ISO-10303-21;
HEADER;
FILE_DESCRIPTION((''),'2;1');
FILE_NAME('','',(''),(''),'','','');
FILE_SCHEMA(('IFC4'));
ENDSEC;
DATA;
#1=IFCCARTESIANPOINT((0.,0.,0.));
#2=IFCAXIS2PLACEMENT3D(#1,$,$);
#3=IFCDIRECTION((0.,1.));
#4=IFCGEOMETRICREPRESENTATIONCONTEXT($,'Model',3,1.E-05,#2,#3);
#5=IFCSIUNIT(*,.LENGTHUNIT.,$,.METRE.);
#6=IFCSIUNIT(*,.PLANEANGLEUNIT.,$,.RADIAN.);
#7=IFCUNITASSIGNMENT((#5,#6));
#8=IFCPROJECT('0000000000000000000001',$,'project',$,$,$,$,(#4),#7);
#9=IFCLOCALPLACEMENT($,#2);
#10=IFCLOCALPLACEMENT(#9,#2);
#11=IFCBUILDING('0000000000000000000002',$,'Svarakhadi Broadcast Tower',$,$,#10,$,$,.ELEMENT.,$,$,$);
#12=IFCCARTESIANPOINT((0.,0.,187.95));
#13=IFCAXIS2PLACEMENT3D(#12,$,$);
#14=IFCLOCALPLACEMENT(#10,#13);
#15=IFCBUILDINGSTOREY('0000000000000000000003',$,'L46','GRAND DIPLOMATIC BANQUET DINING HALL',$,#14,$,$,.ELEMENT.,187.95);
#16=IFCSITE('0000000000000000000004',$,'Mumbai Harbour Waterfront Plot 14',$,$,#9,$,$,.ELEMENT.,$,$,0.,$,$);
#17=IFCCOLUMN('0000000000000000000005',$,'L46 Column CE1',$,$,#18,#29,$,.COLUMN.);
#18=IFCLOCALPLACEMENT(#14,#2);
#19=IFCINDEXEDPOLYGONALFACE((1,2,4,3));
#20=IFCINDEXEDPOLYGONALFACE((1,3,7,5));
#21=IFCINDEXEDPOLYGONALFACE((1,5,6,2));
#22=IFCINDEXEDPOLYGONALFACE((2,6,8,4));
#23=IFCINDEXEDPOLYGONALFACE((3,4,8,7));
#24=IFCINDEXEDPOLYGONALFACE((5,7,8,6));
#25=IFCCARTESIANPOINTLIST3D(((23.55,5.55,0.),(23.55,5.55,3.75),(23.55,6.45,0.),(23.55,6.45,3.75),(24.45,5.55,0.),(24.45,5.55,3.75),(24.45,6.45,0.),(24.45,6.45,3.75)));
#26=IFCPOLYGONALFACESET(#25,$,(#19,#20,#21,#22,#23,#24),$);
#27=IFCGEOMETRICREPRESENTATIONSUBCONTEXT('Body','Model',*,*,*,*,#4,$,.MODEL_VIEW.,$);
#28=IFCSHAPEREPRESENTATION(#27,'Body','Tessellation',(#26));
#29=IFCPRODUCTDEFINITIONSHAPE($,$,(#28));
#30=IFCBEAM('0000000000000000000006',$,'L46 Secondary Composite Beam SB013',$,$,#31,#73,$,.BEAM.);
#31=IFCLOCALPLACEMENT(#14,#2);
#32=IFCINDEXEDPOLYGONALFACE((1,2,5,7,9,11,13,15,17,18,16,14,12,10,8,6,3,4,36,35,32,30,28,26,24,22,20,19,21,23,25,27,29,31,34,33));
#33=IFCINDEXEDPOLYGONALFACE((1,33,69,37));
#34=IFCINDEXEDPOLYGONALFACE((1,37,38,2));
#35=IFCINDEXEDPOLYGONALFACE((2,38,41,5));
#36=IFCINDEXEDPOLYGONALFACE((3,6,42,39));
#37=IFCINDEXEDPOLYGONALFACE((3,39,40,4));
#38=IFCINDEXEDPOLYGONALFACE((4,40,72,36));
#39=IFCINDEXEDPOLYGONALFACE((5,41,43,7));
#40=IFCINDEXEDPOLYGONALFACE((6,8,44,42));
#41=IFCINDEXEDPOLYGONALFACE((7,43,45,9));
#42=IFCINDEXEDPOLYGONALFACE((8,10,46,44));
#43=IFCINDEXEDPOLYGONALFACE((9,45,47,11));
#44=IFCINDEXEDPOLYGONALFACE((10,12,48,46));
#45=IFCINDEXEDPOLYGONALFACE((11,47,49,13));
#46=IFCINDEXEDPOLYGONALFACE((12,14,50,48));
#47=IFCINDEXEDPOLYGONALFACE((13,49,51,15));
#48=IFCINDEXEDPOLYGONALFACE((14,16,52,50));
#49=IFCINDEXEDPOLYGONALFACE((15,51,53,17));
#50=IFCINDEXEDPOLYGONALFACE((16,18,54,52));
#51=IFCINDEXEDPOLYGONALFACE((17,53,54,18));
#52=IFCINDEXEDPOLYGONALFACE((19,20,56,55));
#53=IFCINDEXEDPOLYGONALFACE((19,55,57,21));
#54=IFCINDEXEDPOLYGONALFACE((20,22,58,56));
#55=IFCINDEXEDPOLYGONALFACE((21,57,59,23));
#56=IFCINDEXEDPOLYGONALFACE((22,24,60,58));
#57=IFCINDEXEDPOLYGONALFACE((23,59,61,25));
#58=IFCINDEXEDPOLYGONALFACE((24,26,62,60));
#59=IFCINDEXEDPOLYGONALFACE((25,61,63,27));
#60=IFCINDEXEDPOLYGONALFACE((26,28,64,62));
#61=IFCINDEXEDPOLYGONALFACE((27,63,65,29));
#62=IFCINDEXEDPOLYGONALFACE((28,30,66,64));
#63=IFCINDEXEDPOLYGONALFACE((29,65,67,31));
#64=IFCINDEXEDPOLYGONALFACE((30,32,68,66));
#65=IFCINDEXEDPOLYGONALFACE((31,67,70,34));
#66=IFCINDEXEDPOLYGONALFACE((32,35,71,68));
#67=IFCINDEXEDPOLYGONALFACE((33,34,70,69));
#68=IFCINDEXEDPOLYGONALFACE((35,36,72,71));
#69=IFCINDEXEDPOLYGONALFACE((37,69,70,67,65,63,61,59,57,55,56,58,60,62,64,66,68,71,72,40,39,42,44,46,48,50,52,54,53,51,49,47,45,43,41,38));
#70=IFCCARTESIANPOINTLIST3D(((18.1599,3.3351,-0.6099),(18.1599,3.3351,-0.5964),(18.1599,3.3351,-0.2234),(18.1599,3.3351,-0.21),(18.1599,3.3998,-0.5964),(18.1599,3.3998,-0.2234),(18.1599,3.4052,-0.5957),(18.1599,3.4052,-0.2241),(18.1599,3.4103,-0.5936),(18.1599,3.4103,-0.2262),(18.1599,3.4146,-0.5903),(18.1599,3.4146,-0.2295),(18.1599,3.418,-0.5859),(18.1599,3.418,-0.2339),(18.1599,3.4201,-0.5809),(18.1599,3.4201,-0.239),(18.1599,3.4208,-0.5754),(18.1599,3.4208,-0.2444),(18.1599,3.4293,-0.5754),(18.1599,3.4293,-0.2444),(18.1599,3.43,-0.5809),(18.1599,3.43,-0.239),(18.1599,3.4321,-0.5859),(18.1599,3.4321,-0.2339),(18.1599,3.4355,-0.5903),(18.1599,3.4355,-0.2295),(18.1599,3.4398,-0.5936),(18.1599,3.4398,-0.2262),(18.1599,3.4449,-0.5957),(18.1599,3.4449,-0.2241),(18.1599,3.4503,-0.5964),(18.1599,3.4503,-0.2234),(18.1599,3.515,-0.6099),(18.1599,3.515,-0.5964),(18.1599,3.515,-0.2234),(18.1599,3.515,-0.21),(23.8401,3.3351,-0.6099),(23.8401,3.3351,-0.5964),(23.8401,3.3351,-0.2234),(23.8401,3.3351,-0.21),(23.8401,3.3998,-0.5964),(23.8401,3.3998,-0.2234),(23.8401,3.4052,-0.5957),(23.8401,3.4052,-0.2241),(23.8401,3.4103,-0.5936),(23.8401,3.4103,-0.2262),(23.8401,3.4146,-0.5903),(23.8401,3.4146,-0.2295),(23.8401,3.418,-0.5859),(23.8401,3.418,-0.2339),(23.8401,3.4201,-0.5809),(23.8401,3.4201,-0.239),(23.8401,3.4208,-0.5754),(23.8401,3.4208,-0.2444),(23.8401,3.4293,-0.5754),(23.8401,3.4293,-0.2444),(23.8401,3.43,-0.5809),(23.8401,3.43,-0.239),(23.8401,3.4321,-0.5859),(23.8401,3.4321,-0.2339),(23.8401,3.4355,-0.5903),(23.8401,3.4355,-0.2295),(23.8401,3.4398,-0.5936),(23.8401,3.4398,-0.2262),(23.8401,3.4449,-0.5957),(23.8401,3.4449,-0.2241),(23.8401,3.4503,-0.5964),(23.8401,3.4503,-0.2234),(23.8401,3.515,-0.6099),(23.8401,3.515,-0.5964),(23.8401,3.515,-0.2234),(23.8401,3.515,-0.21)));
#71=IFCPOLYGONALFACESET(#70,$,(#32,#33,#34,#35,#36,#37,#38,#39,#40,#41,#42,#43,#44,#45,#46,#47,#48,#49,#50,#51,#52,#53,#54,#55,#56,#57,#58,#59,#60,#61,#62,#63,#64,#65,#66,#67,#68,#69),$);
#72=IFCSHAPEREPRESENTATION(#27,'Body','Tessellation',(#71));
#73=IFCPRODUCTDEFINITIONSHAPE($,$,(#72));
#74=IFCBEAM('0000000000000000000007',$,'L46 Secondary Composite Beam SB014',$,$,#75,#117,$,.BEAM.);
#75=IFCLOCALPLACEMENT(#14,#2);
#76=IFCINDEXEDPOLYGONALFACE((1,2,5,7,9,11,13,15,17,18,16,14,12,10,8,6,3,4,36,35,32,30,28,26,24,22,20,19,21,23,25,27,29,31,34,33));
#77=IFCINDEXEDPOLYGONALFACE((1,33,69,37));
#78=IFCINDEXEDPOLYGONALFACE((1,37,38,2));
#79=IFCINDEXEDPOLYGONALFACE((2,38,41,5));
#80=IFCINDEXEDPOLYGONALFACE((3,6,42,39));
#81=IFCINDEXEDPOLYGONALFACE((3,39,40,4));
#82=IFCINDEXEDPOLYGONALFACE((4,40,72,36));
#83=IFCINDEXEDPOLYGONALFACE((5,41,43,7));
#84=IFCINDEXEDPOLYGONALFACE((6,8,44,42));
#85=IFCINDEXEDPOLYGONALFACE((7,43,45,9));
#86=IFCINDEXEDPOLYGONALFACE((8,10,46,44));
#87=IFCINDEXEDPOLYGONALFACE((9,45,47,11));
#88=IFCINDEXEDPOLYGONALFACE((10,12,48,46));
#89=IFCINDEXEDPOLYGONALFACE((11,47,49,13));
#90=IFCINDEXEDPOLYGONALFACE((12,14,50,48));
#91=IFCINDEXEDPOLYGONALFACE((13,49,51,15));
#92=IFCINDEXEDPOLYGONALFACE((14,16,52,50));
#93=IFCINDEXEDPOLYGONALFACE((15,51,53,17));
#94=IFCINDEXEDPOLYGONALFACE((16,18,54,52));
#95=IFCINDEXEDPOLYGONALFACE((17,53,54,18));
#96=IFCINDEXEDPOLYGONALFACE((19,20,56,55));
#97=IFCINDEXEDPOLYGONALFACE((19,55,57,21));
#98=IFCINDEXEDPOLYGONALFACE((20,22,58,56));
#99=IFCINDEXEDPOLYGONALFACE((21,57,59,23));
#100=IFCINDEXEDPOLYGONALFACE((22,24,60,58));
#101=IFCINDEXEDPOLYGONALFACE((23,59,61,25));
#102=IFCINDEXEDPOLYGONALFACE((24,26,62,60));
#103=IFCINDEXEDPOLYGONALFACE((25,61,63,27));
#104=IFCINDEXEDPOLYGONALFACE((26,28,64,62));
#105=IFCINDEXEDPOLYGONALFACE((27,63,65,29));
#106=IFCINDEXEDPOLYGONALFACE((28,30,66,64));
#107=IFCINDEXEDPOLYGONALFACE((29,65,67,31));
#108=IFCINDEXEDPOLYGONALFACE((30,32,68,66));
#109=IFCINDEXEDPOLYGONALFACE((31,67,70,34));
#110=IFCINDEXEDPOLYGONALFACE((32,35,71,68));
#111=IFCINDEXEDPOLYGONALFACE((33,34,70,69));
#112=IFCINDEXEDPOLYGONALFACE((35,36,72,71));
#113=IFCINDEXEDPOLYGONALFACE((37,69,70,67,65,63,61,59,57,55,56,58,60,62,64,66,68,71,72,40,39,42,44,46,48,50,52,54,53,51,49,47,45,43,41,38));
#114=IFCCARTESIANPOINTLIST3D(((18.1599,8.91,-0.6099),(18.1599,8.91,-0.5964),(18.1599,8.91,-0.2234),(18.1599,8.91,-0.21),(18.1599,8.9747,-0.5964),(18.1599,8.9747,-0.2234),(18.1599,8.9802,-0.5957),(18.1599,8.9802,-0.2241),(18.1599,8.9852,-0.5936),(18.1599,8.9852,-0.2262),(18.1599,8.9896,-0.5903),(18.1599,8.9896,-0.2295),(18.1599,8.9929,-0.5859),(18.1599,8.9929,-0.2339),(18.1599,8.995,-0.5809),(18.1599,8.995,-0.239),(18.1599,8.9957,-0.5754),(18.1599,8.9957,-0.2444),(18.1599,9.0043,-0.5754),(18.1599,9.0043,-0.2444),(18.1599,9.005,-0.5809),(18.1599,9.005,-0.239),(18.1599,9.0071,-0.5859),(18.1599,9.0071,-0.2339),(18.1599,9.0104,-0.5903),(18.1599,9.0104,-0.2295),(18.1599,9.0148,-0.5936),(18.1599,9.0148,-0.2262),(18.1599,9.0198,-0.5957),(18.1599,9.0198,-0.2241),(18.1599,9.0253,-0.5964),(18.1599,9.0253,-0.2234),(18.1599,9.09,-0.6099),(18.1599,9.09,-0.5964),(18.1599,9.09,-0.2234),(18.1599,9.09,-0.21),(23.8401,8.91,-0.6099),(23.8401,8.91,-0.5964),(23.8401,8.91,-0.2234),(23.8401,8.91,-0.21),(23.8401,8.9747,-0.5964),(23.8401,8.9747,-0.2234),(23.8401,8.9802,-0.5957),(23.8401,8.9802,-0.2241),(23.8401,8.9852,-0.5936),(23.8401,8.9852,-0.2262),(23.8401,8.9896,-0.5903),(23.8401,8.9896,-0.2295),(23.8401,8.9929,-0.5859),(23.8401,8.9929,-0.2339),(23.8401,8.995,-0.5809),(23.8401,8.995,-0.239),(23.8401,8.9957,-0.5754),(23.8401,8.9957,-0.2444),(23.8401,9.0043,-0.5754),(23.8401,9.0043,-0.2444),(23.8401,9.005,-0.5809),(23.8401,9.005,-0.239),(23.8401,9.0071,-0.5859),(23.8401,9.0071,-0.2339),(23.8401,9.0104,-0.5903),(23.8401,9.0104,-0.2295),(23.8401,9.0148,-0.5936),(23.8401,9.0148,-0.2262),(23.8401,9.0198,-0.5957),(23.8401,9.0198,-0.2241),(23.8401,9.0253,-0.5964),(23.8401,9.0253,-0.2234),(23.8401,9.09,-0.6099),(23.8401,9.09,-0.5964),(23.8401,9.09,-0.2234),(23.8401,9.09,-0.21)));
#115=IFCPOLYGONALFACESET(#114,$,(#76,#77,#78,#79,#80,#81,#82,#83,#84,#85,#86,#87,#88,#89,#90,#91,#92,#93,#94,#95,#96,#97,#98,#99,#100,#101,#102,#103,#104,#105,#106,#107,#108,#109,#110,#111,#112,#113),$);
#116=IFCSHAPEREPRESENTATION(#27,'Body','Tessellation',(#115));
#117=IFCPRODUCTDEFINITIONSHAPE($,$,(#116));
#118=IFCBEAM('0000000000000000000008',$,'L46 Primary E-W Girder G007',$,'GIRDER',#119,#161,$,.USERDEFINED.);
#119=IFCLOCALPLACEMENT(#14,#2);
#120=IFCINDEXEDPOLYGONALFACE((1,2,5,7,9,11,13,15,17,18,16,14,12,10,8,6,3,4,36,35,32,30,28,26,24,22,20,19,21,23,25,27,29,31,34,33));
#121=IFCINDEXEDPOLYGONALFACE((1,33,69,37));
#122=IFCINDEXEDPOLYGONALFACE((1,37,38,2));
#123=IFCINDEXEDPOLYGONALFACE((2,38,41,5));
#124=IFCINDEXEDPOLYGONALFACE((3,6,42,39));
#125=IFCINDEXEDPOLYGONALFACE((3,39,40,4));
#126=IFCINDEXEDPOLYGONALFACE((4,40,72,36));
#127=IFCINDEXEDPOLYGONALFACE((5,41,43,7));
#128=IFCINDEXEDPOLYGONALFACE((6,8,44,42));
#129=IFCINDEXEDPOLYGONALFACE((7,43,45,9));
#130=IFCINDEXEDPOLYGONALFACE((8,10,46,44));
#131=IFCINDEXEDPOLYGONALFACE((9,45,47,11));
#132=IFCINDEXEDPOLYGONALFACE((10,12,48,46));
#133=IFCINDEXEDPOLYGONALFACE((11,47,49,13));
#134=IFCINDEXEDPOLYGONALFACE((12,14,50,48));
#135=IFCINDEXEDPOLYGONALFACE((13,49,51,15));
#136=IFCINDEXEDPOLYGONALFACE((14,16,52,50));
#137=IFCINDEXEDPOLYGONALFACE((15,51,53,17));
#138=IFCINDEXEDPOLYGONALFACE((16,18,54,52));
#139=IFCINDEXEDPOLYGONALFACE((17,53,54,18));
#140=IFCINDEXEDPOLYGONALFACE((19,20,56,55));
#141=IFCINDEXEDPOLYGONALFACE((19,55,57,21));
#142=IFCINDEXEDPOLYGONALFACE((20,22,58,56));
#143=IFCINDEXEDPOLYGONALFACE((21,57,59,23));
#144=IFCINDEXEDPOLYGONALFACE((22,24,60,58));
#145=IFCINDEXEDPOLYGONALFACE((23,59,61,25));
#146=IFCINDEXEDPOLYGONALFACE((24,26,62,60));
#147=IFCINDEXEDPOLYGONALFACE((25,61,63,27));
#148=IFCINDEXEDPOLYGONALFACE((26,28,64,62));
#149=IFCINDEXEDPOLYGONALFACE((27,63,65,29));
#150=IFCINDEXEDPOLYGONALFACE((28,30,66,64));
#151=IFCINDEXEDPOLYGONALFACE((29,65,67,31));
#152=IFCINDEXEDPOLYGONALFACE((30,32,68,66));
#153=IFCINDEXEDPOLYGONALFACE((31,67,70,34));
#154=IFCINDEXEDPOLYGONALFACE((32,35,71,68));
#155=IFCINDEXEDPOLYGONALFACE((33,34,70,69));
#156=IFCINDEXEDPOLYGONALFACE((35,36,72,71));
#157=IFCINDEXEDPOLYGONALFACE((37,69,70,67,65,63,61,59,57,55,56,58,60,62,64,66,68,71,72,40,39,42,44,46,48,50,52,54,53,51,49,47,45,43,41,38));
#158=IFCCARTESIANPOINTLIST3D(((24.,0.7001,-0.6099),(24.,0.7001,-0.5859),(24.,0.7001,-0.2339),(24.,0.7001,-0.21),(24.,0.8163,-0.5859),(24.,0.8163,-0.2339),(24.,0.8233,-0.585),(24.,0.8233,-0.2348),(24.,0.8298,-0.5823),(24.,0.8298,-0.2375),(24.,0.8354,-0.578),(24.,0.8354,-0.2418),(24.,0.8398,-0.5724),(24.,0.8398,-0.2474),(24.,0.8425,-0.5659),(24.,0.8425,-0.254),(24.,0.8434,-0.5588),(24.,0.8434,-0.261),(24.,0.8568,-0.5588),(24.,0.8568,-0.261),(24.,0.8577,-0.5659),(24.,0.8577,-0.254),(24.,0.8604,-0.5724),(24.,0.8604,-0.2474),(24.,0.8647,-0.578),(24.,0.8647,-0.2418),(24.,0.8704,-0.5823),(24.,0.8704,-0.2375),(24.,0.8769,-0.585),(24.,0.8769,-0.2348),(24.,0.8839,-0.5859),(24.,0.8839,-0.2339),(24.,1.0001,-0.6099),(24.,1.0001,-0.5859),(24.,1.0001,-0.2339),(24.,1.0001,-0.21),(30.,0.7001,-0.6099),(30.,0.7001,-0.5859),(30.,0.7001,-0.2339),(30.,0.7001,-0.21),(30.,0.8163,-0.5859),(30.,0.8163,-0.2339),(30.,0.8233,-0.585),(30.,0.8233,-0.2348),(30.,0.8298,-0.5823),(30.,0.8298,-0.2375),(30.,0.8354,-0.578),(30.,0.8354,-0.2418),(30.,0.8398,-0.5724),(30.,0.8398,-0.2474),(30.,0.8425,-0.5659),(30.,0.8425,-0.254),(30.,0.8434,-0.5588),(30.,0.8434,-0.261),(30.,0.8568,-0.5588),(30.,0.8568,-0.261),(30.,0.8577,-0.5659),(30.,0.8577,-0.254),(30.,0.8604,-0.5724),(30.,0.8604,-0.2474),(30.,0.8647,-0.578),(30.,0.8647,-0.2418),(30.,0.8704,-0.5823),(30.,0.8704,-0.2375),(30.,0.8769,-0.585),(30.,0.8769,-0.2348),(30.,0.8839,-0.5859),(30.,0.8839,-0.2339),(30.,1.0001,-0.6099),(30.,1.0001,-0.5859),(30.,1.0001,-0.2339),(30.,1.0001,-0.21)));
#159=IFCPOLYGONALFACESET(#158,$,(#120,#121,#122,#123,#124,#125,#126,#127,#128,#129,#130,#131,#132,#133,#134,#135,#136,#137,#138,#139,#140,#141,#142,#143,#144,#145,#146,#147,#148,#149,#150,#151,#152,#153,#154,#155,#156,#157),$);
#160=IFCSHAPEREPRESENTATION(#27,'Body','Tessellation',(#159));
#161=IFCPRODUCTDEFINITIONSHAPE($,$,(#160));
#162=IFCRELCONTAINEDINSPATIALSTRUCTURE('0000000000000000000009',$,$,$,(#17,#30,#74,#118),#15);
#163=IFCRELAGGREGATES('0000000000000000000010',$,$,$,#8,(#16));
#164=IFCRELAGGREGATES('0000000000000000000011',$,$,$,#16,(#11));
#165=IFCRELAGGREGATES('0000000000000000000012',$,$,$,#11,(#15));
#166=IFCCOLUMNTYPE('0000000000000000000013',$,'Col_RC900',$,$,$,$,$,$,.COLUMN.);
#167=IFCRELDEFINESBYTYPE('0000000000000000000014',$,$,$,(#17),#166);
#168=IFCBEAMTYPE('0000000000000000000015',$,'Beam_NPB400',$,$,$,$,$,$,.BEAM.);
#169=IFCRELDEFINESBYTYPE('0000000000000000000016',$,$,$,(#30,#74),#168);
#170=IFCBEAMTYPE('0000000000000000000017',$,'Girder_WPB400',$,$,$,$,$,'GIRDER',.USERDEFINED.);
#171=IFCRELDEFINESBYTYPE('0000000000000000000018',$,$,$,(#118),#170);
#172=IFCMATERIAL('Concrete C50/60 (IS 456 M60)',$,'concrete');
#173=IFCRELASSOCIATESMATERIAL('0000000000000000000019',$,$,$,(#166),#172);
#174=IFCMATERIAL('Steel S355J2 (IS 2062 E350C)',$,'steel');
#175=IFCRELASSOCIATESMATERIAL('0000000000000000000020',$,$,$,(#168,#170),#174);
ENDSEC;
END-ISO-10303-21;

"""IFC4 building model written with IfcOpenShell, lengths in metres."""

from ifc_helpers import new_model, si_unit, direction, frame, origin, origin_2d, place, context, subcontext, project, spatial, rectangle, i_section, extrude, material, material_profile, profile_set, type_object, element, save


model = new_model("IFC4")

# Units and contexts
model_context = context("Model", 3, precision=1e-05, world=origin(), true_north=direction((0.0, 1.0)))
body_context = subcontext(model_context, "Body", "Model", "MODEL_VIEW")
ifc_project = project(units=[si_unit("LENGTHUNIT", "METRE"), si_unit("PLANEANGLEUNIT", "RADIAN")], contexts=[model_context])

# Site, building, storey
site_placement = place(None, origin())
site = spatial("IfcSite", under=ifc_project, at=site_placement, Name="Mumbai Harbour Waterfront Plot 14", CompositionType="ELEMENT", RefElevation=0.0)
building_placement = place(site_placement, origin())
building = spatial("IfcBuilding", under=site, at=building_placement, Name="Svarakhadi Broadcast Tower", CompositionType="ELEMENT")
storey_placement = place(building_placement, frame((0.0, 0.0, 187.95)))
storey = spatial("IfcBuildingStorey", under=building, at=storey_placement, Name="L46", Description="GRAND DIPLOMATIC BANQUET DINING HALL", CompositionType="ELEMENT", Elevation=187.95)

# Column
ifc_material_1 = material(Name="Concrete C50/60 (IS 456 M60)", Category="concrete")
ifc_material_profile_1 = material_profile(ifc_material_1, rectangle(XDim=0.8999, YDim=0.8999, at=origin_2d()), Name="RC 900x900")
ifc_profile_set_1 = profile_set([ifc_material_profile_1], Name="Concrete C50/60 (IS 456 M60)")
column_type = type_object("IfcColumnType", Name="Col_RC900", PredefinedType="COLUMN", material=ifc_profile_set_1)
column_placement = place(storey_placement, frame((24.0, 6.0, 0.0), z_axis=(0.0, 0.0, 1.0), x_axis=(1.0, 0.0, 0.0)))
element("IfcColumn", 1, at=column_placement, inside=storey, type_object=column_type, Name="L46 Column CE1", PredefinedType="COLUMN", context=body_context, shape_type="SweptSolid", body=[
    extrude(rectangle(XDim=0.8999, YDim=0.8999, at=origin_2d()), origin(), (0.0, 0.0, 1.0), 3.75),
])

# Beams
ifc_material_2 = material(Name="Steel S355J2 (IS 2062 E350C)", Category="steel")
ifc_material_profile_2 = material_profile(ifc_material_2, i_section(OverallWidth=0.1799, OverallDepth=0.3999, WebThickness=0.0085, FlangeThickness=0.0134, FilletRadius=0.021, at=origin_2d()), Name="NPB 400x180x66")
ifc_profile_set_2 = profile_set([ifc_material_profile_2], Name="Steel S355J2 (IS 2062 E350C)")
beam_type_1 = type_object("IfcBeamType", Name="Beam_NPB400", PredefinedType="BEAM", material=ifc_profile_set_2)
for number, where, z_axis, x_axis, name in (
    (2, (18.1599, 3.425, -0.4099), (1.0, 0.0, 0.0), (0.0, 1.0, 0.0), "L46 Secondary Composite Beam SB013"),
    (3, (18.1599, 9.0, -0.4099), (1.0, 0.0, 0.0), (0.0, 1.0, 0.0), "L46 Secondary Composite Beam SB014"),
):
    element("IfcBeam", number, at=place(storey_placement, frame(where, z_axis=z_axis, x_axis=x_axis)), inside=storey, type_object=beam_type_1, Name=name, PredefinedType="BEAM", context=body_context, shape_type="SweptSolid", body=[
        extrude(i_section(OverallWidth=0.1799, OverallDepth=0.3999, WebThickness=0.0085, FlangeThickness=0.0134, FilletRadius=0.021, at=origin_2d()), origin(), (0.0, 0.0, 1.0), 5.6802),
    ])
ifc_material_profile_3 = material_profile(ifc_material_2, i_section(OverallWidth=0.3, OverallDepth=0.3999, WebThickness=0.0134, FlangeThickness=0.0239, FilletRadius=0.0271, at=origin_2d()), Name="WPB 400x300x155")
ifc_profile_set_3 = profile_set([ifc_material_profile_3], Name="Steel S355J2 (IS 2062 E350C)")
beam_type_2 = type_object("IfcBeamType", Name="Girder_WPB400", ElementType="GIRDER", PredefinedType="USERDEFINED", material=ifc_profile_set_3)
for number, where, z_axis, x_axis, name in (
    (4, (24.0, 0.8501, -0.4099), (1.0, 0.0, 0.0), (0.0, 1.0, 0.0), "L46 Primary E-W Girder G007"),
):
    element("IfcBeam", number, at=place(storey_placement, frame(where, z_axis=z_axis, x_axis=x_axis)), inside=storey, type_object=beam_type_2, Name=name, ObjectType="GIRDER", PredefinedType="USERDEFINED", context=body_context, shape_type="SweptSolid", body=[
        extrude(i_section(OverallWidth=0.3, OverallDepth=0.3999, WebThickness=0.0134, FlangeThickness=0.0239, FilletRadius=0.0271, at=origin_2d()), origin(), (0.0, 0.0, 1.0), 6.0),
    ])

save(model, "model.ifc")
